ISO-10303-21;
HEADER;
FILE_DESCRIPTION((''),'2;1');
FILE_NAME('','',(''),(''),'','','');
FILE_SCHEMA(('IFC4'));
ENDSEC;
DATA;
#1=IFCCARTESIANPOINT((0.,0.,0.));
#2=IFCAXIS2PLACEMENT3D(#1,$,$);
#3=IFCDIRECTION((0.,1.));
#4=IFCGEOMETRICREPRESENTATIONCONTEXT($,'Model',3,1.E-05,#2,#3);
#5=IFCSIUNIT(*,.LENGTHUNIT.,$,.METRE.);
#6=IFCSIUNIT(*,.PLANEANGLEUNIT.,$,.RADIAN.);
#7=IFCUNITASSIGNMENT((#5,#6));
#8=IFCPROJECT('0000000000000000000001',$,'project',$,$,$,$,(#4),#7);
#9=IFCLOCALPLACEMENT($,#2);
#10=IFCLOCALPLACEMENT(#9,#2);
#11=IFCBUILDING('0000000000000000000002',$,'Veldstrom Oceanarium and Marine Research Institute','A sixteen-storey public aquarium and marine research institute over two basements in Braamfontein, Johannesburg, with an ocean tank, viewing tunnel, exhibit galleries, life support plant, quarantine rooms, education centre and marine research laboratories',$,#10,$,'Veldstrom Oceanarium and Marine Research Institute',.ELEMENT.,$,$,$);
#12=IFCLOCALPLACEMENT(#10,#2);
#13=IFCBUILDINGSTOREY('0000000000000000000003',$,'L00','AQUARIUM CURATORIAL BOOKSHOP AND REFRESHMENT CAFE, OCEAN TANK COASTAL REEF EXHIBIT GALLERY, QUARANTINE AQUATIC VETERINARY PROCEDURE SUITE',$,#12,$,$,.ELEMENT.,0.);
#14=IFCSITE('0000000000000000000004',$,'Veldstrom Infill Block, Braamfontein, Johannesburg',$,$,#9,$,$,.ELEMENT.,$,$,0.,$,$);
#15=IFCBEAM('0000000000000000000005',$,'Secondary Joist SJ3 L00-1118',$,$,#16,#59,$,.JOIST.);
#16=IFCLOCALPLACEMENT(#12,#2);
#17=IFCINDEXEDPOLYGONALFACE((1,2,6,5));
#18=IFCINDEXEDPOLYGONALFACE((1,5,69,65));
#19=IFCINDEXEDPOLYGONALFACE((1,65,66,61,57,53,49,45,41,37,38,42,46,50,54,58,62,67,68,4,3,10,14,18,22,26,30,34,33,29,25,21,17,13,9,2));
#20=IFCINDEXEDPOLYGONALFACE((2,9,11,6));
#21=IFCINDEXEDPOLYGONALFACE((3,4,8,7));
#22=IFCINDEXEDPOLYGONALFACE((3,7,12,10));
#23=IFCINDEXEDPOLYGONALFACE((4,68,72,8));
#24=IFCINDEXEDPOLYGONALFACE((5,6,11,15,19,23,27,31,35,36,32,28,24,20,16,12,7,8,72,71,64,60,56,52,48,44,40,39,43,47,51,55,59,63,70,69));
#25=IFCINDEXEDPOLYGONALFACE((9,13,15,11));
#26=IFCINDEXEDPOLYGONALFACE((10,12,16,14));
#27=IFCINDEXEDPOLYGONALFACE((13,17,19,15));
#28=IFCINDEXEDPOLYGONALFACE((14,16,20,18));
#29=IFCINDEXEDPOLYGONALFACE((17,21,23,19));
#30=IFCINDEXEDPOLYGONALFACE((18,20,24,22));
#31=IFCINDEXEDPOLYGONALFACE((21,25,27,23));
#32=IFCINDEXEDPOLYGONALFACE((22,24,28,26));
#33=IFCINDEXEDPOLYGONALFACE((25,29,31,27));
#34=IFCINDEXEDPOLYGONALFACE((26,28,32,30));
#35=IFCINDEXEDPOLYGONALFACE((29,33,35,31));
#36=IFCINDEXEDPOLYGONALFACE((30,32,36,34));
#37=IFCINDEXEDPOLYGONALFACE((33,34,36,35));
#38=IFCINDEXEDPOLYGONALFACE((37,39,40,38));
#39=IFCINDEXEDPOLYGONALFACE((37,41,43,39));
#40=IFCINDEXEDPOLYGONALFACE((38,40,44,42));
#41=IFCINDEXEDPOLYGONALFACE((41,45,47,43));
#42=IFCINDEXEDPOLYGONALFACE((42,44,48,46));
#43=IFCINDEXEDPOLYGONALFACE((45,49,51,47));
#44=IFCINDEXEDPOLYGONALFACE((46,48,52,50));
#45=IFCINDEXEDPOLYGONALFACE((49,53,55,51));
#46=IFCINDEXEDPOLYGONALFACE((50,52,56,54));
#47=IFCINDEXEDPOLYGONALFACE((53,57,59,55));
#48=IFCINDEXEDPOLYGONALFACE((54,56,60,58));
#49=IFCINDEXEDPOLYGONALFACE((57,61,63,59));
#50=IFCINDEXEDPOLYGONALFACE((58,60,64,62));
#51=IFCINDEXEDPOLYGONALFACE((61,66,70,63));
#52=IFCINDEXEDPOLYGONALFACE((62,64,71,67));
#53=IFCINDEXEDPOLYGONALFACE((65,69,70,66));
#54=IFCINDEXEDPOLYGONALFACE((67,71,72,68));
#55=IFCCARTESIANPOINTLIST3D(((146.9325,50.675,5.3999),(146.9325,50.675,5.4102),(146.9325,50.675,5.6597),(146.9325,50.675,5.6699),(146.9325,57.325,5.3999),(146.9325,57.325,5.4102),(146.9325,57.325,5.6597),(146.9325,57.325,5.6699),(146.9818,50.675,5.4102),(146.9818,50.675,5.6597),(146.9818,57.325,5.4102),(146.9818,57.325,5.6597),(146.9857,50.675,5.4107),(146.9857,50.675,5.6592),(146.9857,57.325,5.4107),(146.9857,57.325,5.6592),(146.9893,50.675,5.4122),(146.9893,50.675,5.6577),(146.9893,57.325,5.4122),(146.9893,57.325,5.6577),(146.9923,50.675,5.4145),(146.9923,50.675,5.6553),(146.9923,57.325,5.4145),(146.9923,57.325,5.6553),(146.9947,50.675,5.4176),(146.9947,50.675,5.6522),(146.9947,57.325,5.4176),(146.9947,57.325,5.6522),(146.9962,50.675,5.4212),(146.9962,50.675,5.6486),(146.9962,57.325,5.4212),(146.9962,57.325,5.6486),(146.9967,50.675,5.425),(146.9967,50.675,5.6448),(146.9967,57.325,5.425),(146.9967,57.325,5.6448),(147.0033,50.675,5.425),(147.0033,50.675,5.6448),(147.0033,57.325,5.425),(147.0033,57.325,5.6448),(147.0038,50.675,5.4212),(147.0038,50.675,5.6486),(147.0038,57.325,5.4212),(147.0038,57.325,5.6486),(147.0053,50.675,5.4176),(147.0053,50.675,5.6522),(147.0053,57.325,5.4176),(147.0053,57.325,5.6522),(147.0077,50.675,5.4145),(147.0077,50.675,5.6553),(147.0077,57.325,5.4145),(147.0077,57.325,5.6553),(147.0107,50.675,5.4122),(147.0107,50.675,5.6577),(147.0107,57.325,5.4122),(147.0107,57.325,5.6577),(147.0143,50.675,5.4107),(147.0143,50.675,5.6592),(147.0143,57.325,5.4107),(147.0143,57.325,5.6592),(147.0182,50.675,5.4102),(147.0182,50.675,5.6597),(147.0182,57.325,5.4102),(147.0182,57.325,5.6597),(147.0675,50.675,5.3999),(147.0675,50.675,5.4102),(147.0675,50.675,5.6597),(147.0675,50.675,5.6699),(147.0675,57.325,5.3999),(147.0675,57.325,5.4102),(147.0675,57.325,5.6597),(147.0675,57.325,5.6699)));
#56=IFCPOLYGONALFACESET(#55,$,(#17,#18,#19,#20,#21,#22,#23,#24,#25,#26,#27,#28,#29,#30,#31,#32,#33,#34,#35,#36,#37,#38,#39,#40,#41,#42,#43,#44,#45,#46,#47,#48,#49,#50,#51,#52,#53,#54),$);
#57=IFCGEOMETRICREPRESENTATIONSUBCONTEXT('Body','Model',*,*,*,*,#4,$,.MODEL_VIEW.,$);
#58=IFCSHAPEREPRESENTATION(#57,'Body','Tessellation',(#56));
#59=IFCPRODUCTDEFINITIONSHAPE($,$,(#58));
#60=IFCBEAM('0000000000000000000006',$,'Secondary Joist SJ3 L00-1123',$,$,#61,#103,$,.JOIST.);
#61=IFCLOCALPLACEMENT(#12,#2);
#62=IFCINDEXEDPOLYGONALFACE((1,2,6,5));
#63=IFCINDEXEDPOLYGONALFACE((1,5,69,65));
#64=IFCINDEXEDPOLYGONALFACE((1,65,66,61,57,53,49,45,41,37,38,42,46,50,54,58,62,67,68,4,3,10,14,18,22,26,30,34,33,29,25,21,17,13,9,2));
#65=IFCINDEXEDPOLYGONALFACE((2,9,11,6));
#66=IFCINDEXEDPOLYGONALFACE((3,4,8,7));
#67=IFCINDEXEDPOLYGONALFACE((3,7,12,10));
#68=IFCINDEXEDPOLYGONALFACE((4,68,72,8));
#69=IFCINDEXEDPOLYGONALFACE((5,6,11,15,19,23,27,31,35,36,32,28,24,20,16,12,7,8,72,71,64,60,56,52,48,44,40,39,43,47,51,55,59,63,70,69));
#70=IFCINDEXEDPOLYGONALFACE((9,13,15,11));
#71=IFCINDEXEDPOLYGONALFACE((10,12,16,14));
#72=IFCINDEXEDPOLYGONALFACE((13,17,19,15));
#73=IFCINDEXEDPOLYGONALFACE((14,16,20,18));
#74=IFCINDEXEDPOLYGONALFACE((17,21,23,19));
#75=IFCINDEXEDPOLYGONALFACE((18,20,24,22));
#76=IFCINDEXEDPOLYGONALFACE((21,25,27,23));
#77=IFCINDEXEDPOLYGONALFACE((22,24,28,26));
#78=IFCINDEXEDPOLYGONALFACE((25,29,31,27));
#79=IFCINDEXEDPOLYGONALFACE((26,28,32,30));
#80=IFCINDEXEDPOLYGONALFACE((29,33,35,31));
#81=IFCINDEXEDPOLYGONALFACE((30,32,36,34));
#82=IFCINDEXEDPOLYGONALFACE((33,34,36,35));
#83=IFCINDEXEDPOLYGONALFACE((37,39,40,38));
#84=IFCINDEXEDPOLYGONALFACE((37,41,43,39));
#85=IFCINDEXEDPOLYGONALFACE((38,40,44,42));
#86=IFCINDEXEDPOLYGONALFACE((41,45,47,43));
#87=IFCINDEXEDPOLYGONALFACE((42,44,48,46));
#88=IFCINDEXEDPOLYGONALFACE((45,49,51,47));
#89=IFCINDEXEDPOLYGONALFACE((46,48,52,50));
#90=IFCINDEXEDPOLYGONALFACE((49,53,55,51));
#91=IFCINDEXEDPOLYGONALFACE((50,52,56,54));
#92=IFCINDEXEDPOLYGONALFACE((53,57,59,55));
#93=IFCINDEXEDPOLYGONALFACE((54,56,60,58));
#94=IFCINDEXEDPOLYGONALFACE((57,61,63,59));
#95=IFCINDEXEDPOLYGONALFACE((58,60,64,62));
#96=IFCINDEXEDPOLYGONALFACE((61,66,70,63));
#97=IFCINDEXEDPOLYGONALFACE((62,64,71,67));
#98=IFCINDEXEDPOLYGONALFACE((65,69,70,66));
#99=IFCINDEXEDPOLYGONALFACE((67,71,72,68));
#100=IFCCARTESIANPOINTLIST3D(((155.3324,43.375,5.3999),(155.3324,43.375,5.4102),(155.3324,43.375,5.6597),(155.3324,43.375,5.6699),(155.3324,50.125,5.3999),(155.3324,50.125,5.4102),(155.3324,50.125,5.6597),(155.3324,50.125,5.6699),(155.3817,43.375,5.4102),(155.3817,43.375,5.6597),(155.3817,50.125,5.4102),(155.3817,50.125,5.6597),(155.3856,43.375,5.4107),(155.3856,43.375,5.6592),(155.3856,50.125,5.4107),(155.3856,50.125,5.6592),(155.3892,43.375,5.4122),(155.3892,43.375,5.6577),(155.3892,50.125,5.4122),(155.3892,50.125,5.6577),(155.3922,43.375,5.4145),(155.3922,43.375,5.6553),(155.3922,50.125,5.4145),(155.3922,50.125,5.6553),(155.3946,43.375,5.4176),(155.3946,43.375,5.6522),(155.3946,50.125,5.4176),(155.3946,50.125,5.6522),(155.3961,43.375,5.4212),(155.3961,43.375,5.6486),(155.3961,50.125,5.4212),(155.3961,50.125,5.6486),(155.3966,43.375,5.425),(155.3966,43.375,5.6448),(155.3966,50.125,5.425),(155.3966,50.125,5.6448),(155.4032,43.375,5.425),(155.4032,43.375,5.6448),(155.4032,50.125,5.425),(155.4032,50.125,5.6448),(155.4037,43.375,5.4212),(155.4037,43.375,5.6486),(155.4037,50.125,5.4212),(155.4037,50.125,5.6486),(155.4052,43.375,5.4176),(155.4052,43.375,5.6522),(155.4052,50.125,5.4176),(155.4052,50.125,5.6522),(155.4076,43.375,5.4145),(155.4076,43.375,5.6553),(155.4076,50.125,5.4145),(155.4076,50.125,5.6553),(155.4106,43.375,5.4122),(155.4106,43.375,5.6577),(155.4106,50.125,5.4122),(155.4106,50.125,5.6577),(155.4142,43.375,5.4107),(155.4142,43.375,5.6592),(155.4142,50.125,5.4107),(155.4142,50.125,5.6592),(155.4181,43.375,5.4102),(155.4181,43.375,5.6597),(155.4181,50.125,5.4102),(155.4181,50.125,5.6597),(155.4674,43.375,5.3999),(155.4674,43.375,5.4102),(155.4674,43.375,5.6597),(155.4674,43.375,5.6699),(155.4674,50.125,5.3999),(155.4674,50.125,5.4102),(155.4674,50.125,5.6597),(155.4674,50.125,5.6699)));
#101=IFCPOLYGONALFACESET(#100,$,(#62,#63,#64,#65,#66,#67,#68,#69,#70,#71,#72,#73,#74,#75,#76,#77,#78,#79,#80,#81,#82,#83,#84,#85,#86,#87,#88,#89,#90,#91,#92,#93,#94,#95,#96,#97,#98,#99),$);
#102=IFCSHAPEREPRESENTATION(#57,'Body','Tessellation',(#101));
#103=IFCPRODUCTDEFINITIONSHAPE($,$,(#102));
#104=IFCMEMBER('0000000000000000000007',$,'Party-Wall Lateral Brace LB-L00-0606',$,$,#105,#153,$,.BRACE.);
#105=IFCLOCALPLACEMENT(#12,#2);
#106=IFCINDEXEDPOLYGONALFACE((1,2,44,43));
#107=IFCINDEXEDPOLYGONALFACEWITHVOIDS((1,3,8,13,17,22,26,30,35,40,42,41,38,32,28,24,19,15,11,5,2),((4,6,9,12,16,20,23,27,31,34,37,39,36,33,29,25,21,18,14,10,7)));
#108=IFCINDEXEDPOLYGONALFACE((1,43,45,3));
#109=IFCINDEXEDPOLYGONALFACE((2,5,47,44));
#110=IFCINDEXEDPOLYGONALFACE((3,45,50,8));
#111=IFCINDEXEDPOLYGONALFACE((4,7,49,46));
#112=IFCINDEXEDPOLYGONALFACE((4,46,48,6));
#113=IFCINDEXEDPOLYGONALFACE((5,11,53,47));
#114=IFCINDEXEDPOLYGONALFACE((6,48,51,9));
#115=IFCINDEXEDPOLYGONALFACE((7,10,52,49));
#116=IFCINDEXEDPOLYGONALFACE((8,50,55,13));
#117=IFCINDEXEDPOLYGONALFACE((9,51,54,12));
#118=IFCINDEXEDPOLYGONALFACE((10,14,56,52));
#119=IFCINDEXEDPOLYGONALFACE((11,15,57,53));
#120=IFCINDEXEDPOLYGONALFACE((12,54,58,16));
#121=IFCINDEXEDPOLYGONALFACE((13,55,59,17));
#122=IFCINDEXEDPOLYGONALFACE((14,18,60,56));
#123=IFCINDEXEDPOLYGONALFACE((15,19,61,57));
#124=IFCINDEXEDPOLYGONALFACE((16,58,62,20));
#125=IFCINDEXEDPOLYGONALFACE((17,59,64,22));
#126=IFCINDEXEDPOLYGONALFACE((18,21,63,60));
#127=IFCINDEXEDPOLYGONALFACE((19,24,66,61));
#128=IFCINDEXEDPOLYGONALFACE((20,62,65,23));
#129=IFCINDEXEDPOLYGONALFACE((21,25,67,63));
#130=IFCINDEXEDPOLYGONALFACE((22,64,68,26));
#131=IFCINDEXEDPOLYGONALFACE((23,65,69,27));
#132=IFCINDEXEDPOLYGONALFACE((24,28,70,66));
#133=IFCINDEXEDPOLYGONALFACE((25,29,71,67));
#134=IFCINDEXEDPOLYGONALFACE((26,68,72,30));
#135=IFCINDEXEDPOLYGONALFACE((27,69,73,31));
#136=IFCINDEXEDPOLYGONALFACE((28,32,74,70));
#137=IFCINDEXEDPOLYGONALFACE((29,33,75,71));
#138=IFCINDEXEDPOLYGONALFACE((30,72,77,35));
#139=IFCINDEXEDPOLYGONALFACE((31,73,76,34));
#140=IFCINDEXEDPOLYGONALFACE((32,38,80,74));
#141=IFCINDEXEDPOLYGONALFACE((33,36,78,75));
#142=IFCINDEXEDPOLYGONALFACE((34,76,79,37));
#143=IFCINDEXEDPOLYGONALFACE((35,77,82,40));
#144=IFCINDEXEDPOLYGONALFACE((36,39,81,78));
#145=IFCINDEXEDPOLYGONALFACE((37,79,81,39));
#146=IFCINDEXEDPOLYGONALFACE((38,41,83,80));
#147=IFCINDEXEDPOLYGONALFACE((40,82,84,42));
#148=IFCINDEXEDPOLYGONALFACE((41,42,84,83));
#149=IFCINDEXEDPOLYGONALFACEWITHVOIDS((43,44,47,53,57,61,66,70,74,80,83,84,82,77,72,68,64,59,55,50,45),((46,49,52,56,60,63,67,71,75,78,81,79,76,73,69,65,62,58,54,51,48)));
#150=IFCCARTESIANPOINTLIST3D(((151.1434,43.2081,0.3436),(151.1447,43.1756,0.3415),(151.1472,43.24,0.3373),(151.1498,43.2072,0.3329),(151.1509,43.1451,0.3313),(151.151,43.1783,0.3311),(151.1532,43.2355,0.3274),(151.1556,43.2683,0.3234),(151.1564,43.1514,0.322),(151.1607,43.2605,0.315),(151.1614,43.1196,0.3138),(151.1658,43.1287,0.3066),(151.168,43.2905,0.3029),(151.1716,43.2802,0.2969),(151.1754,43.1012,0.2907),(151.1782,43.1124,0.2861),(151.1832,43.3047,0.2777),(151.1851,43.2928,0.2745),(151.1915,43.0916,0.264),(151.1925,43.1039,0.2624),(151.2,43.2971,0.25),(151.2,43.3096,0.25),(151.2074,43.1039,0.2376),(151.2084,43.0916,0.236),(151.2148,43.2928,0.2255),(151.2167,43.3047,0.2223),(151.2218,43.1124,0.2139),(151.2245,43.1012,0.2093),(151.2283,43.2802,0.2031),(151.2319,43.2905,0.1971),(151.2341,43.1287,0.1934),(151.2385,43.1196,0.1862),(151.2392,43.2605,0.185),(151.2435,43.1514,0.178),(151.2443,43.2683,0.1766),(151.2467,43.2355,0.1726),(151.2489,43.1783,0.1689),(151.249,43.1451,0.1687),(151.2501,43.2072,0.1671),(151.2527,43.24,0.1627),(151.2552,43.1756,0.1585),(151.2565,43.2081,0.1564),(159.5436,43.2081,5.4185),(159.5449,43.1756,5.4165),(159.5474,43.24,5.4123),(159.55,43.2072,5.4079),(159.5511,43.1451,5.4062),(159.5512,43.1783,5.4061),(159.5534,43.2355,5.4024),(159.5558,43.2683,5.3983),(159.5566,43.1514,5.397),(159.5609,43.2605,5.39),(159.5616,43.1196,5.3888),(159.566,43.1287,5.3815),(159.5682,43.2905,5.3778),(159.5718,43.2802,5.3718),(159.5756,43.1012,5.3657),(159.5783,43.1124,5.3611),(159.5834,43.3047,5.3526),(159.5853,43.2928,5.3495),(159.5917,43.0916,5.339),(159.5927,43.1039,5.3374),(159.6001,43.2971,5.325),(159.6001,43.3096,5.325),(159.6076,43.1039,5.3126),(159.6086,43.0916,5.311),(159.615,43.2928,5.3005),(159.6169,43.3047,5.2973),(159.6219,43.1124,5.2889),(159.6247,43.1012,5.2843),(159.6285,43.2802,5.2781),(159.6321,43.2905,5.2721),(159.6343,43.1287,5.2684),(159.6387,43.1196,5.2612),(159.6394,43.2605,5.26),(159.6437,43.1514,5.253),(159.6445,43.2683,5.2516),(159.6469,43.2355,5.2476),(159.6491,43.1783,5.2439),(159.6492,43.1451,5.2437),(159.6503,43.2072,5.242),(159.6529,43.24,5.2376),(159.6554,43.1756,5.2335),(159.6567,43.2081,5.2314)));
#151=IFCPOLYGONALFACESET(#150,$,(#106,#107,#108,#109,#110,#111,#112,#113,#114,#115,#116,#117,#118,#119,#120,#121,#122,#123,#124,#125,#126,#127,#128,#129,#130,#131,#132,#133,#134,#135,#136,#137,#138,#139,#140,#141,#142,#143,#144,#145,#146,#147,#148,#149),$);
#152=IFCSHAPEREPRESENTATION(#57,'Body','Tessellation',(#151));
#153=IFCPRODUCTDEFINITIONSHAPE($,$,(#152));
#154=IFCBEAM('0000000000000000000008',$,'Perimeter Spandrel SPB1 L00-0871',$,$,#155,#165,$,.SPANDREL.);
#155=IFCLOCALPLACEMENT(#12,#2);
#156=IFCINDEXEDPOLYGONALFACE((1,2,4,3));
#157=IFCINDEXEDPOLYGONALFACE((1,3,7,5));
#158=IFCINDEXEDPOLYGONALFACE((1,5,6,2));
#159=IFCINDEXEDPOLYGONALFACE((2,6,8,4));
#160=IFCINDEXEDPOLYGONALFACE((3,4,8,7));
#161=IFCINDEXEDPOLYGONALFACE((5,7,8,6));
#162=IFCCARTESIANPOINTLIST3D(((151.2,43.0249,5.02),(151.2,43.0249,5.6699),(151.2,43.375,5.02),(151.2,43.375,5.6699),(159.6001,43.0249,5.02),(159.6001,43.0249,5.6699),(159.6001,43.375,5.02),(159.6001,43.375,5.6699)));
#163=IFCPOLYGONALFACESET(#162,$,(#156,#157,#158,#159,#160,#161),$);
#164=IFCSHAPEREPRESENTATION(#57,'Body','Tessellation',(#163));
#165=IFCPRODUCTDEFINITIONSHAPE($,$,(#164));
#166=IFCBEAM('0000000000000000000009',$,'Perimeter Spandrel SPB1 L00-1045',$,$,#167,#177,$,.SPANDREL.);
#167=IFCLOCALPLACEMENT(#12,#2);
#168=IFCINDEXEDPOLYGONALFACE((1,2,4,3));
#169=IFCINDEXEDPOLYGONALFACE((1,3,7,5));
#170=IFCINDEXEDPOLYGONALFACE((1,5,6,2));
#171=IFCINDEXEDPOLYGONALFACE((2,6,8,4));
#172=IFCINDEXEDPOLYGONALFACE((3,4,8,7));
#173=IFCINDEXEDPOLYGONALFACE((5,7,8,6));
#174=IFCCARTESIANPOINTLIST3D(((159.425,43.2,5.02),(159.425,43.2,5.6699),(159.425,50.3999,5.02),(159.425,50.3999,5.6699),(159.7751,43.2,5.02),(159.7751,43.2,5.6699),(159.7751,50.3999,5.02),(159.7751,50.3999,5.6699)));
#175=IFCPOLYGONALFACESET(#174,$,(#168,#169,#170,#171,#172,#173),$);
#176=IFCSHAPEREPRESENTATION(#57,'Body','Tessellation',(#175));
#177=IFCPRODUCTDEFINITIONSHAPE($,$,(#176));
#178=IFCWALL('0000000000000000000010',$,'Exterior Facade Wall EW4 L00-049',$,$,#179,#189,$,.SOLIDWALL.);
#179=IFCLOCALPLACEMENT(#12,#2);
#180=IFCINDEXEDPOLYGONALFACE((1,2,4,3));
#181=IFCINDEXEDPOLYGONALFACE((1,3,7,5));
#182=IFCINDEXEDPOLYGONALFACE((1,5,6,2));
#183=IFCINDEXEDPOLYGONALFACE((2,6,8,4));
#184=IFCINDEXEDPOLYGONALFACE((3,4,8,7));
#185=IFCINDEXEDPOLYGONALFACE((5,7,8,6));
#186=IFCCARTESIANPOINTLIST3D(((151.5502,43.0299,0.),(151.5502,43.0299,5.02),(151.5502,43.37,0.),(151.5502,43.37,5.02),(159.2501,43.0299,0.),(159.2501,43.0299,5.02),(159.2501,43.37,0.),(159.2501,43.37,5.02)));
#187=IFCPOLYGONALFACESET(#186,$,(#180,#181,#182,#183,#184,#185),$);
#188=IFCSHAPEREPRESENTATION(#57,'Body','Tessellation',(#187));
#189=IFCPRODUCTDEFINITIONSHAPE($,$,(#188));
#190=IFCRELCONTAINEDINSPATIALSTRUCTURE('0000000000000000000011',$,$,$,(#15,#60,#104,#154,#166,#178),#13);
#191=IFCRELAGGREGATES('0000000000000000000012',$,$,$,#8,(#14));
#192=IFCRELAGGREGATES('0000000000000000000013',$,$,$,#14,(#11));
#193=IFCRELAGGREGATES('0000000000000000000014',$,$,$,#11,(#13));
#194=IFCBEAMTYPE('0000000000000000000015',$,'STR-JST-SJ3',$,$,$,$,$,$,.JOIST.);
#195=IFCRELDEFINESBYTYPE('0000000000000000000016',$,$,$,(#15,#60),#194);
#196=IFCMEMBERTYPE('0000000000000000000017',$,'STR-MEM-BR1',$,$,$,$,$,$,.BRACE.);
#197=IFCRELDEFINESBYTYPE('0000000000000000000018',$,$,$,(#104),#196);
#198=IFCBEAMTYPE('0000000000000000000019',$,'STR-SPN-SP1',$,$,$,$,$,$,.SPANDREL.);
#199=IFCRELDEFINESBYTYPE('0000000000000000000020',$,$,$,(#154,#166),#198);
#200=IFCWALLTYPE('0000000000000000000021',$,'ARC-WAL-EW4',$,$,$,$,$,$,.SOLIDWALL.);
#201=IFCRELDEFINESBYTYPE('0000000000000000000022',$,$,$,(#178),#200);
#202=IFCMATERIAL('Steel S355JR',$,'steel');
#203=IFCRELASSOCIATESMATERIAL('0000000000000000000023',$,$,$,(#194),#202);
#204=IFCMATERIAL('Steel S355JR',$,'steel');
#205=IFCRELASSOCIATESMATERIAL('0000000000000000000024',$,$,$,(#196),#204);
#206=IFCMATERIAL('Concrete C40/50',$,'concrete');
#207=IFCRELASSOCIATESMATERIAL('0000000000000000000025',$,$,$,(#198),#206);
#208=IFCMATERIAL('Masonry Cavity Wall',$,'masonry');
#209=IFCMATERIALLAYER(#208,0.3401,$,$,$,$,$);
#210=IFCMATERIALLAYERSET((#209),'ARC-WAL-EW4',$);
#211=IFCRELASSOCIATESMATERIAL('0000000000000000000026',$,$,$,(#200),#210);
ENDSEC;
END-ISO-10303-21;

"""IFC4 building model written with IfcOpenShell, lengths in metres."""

from ifc_helpers import new_model, si_unit, direction, frame, frame_2d, origin, origin_2d, place, context, subcontext, project, spatial, rectangle, hollow_circle, i_section, extrude, material, layer, layer_set, material_profile, profile_set, type_object, element, save


model = new_model("IFC4")

# Units and contexts
model_context = context("Model", 3, precision=1e-05, world=origin(), true_north=direction((0.0, 1.0)))
body_context = subcontext(model_context, "Body", "Model", "MODEL_VIEW")
ifc_project = project(units=[si_unit("LENGTHUNIT", "METRE"), si_unit("PLANEANGLEUNIT", "RADIAN")], contexts=[model_context])

# Site, building, storey
site_placement = place(None, origin())
site = spatial("IfcSite", under=ifc_project, at=site_placement, Name="Veldstrom Infill Block, Braamfontein, Johannesburg", CompositionType="ELEMENT", RefElevation=0.0)
building_placement = place(site_placement, origin())
building = spatial("IfcBuilding", under=site, at=building_placement, Name="Veldstrom Oceanarium and Marine Research Institute", Description="A sixteen-storey public aquarium and marine research institute over two basements in Braamfontein, Johannesburg, with an ocean tank, viewing tunnel, exhibit galleries, life support plant, quarantine rooms, education centre and marine research laboratories", LongName="Veldstrom Oceanarium and Marine Research Institute", CompositionType="ELEMENT")
storey_placement = place(building_placement, origin())
storey = spatial("IfcBuildingStorey", under=building, at=storey_placement, Name="L00", Description="AQUARIUM CURATORIAL BOOKSHOP AND REFRESHMENT CAFE, OCEAN TANK COASTAL REEF EXHIBIT GALLERY, QUARANTINE AQUATIC VETERINARY PROCEDURE SUITE", CompositionType="ELEMENT", Elevation=0.0)

# Beams
ifc_material_1 = material(Name="Steel S355JR", Category="steel")
ifc_material_profile_1 = material_profile(ifc_material_1, i_section(OverallWidth=0.135, OverallDepth=0.27, WebThickness=0.0066, FlangeThickness=0.0103, FilletRadius=0.0149, at=origin_2d()), Name="IPE 270")
ifc_profile_set_1 = profile_set([ifc_material_profile_1], Name="Steel S355JR")
beam_type_1 = type_object("IfcBeamType", Name="STR-JST-SJ3", PredefinedType="JOIST", material=ifc_profile_set_1)
beam_1_placement = place(storey_placement, frame((147.0, 50.675, 5.5349), z_axis=(0.0, 1.0, 0.0), x_axis=(-1.0, 0.0, 0.0)))
element("IfcBeam", 1, at=beam_1_placement, inside=storey, type_object=beam_type_1, Name="Secondary Joist SJ3 L00-1118", PredefinedType="JOIST", context=body_context, shape_type="SweptSolid", body=[
    extrude(i_section(OverallWidth=0.135, OverallDepth=0.27, WebThickness=0.0066, FlangeThickness=0.0103, FilletRadius=0.0149, at=origin_2d()), origin(), (0.0, 0.0, 1.0), 6.6499),
])
beam_2_placement = place(storey_placement, frame((155.3999, 43.375, 5.5349), z_axis=(0.0, 1.0, 0.0), x_axis=(-1.0, 0.0, 0.0)))
element("IfcBeam", 2, at=beam_2_placement, inside=storey, type_object=beam_type_1, Name="Secondary Joist SJ3 L00-1123", PredefinedType="JOIST", context=body_context, shape_type="SweptSolid", body=[
    extrude(i_section(OverallWidth=0.135, OverallDepth=0.27, WebThickness=0.0066, FlangeThickness=0.0103, FilletRadius=0.0149, at=origin_2d()), origin(), (0.0, 0.0, 1.0), 6.75),
])

# Member
ifc_material_2 = material(Name="Steel S355JR", Category="steel")
ifc_material_profile_2 = material_profile(ifc_material_2, hollow_circle(Radius=0.1096, WallThickness=0.0125, at=origin_2d()), Name="CHS 219.1x12.5")
ifc_profile_set_2 = profile_set([ifc_material_profile_2], Name="Steel S355JR")
member_type = type_object("IfcMemberType", Name="STR-MEM-BR1", PredefinedType="BRACE", material=ifc_profile_set_2)
member_placement = place(storey_placement, frame((151.2, 43.2, 0.25), z_axis=(0.855922, 0.0, 0.517105), x_axis=(0.0, 1.0, 0.0)))
element("IfcMember", 3, at=member_placement, inside=storey, type_object=member_type, Name="Party-Wall Lateral Brace LB-L00-0606", PredefinedType="BRACE", context=body_context, shape_type="SweptSolid", body=[
    extrude(hollow_circle(Radius=0.1096, WallThickness=0.0125, at=origin_2d()), origin(), (0.0, 0.0, 1.0), 9.8142),
])

# Beams
ifc_material_3 = material(Name="Concrete C40/50", Category="concrete")
ifc_material_profile_3 = material_profile(ifc_material_3, rectangle(XDim=0.3501, YDim=0.6499, at=origin_2d()), Name="RC-SPN-350x650")
ifc_profile_set_3 = profile_set([ifc_material_profile_3], Name="Concrete C40/50")
beam_type_2 = type_object("IfcBeamType", Name="STR-SPN-SP1", PredefinedType="SPANDREL", material=ifc_profile_set_3)
beam_3_placement = place(storey_placement, frame((151.2, 43.2, 5.345), z_axis=(1.0, 0.0, 0.0), x_axis=(0.0, 1.0, 0.0)))
element("IfcBeam", 4, at=beam_3_placement, inside=storey, type_object=beam_type_2, Name="Perimeter Spandrel SPB1 L00-0871", PredefinedType="SPANDREL", context=body_context, shape_type="SweptSolid", body=[
    extrude(rectangle(XDim=0.3501, YDim=0.6499, at=origin_2d()), origin(), (0.0, 0.0, 1.0), 8.4001),
])
beam_4_placement = place(storey_placement, frame((159.6001, 43.2, 5.345), z_axis=(0.0, 1.0, 0.0), x_axis=(-1.0, 0.0, 0.0)))
element("IfcBeam", 5, at=beam_4_placement, inside=storey, type_object=beam_type_2, Name="Perimeter Spandrel SPB1 L00-1045", PredefinedType="SPANDREL", context=body_context, shape_type="SweptSolid", body=[
    extrude(rectangle(XDim=0.3501, YDim=0.6499, at=origin_2d()), origin(), (0.0, 0.0, 1.0), 7.2),
])

# Wall
ifc_material_4 = material(Name="Masonry Cavity Wall", Category="masonry")
ifc_layer_1 = layer(ifc_material_4, 0.3401)
ifc_layer_set_1 = layer_set([ifc_layer_1], Name="ARC-WAL-EW4")
wall_type_1 = type_object("IfcWallType", Name="ARC-WAL-EW4", PredefinedType="SOLIDWALL", material=ifc_layer_set_1)
wall_1_placement = place(storey_placement, frame((151.55, 43.2, 0.0), z_axis=(0.0, 0.0, 1.0), x_axis=(1.0, 0.0, 0.0)))
element("IfcWall", 6, at=wall_1_placement, inside=storey, type_object=wall_type_1, Name="Exterior Facade Wall EW4 L00-049", PredefinedType="SOLIDWALL", context=body_context, shape_type="SweptSolid", body=[
    extrude(rectangle(XDim=7.7, YDim=0.3401, at=frame_2d((3.8501, 0.0))), origin(), (0.0, 0.0, 1.0), 5.02),
])

save(model, "model.ifc")
